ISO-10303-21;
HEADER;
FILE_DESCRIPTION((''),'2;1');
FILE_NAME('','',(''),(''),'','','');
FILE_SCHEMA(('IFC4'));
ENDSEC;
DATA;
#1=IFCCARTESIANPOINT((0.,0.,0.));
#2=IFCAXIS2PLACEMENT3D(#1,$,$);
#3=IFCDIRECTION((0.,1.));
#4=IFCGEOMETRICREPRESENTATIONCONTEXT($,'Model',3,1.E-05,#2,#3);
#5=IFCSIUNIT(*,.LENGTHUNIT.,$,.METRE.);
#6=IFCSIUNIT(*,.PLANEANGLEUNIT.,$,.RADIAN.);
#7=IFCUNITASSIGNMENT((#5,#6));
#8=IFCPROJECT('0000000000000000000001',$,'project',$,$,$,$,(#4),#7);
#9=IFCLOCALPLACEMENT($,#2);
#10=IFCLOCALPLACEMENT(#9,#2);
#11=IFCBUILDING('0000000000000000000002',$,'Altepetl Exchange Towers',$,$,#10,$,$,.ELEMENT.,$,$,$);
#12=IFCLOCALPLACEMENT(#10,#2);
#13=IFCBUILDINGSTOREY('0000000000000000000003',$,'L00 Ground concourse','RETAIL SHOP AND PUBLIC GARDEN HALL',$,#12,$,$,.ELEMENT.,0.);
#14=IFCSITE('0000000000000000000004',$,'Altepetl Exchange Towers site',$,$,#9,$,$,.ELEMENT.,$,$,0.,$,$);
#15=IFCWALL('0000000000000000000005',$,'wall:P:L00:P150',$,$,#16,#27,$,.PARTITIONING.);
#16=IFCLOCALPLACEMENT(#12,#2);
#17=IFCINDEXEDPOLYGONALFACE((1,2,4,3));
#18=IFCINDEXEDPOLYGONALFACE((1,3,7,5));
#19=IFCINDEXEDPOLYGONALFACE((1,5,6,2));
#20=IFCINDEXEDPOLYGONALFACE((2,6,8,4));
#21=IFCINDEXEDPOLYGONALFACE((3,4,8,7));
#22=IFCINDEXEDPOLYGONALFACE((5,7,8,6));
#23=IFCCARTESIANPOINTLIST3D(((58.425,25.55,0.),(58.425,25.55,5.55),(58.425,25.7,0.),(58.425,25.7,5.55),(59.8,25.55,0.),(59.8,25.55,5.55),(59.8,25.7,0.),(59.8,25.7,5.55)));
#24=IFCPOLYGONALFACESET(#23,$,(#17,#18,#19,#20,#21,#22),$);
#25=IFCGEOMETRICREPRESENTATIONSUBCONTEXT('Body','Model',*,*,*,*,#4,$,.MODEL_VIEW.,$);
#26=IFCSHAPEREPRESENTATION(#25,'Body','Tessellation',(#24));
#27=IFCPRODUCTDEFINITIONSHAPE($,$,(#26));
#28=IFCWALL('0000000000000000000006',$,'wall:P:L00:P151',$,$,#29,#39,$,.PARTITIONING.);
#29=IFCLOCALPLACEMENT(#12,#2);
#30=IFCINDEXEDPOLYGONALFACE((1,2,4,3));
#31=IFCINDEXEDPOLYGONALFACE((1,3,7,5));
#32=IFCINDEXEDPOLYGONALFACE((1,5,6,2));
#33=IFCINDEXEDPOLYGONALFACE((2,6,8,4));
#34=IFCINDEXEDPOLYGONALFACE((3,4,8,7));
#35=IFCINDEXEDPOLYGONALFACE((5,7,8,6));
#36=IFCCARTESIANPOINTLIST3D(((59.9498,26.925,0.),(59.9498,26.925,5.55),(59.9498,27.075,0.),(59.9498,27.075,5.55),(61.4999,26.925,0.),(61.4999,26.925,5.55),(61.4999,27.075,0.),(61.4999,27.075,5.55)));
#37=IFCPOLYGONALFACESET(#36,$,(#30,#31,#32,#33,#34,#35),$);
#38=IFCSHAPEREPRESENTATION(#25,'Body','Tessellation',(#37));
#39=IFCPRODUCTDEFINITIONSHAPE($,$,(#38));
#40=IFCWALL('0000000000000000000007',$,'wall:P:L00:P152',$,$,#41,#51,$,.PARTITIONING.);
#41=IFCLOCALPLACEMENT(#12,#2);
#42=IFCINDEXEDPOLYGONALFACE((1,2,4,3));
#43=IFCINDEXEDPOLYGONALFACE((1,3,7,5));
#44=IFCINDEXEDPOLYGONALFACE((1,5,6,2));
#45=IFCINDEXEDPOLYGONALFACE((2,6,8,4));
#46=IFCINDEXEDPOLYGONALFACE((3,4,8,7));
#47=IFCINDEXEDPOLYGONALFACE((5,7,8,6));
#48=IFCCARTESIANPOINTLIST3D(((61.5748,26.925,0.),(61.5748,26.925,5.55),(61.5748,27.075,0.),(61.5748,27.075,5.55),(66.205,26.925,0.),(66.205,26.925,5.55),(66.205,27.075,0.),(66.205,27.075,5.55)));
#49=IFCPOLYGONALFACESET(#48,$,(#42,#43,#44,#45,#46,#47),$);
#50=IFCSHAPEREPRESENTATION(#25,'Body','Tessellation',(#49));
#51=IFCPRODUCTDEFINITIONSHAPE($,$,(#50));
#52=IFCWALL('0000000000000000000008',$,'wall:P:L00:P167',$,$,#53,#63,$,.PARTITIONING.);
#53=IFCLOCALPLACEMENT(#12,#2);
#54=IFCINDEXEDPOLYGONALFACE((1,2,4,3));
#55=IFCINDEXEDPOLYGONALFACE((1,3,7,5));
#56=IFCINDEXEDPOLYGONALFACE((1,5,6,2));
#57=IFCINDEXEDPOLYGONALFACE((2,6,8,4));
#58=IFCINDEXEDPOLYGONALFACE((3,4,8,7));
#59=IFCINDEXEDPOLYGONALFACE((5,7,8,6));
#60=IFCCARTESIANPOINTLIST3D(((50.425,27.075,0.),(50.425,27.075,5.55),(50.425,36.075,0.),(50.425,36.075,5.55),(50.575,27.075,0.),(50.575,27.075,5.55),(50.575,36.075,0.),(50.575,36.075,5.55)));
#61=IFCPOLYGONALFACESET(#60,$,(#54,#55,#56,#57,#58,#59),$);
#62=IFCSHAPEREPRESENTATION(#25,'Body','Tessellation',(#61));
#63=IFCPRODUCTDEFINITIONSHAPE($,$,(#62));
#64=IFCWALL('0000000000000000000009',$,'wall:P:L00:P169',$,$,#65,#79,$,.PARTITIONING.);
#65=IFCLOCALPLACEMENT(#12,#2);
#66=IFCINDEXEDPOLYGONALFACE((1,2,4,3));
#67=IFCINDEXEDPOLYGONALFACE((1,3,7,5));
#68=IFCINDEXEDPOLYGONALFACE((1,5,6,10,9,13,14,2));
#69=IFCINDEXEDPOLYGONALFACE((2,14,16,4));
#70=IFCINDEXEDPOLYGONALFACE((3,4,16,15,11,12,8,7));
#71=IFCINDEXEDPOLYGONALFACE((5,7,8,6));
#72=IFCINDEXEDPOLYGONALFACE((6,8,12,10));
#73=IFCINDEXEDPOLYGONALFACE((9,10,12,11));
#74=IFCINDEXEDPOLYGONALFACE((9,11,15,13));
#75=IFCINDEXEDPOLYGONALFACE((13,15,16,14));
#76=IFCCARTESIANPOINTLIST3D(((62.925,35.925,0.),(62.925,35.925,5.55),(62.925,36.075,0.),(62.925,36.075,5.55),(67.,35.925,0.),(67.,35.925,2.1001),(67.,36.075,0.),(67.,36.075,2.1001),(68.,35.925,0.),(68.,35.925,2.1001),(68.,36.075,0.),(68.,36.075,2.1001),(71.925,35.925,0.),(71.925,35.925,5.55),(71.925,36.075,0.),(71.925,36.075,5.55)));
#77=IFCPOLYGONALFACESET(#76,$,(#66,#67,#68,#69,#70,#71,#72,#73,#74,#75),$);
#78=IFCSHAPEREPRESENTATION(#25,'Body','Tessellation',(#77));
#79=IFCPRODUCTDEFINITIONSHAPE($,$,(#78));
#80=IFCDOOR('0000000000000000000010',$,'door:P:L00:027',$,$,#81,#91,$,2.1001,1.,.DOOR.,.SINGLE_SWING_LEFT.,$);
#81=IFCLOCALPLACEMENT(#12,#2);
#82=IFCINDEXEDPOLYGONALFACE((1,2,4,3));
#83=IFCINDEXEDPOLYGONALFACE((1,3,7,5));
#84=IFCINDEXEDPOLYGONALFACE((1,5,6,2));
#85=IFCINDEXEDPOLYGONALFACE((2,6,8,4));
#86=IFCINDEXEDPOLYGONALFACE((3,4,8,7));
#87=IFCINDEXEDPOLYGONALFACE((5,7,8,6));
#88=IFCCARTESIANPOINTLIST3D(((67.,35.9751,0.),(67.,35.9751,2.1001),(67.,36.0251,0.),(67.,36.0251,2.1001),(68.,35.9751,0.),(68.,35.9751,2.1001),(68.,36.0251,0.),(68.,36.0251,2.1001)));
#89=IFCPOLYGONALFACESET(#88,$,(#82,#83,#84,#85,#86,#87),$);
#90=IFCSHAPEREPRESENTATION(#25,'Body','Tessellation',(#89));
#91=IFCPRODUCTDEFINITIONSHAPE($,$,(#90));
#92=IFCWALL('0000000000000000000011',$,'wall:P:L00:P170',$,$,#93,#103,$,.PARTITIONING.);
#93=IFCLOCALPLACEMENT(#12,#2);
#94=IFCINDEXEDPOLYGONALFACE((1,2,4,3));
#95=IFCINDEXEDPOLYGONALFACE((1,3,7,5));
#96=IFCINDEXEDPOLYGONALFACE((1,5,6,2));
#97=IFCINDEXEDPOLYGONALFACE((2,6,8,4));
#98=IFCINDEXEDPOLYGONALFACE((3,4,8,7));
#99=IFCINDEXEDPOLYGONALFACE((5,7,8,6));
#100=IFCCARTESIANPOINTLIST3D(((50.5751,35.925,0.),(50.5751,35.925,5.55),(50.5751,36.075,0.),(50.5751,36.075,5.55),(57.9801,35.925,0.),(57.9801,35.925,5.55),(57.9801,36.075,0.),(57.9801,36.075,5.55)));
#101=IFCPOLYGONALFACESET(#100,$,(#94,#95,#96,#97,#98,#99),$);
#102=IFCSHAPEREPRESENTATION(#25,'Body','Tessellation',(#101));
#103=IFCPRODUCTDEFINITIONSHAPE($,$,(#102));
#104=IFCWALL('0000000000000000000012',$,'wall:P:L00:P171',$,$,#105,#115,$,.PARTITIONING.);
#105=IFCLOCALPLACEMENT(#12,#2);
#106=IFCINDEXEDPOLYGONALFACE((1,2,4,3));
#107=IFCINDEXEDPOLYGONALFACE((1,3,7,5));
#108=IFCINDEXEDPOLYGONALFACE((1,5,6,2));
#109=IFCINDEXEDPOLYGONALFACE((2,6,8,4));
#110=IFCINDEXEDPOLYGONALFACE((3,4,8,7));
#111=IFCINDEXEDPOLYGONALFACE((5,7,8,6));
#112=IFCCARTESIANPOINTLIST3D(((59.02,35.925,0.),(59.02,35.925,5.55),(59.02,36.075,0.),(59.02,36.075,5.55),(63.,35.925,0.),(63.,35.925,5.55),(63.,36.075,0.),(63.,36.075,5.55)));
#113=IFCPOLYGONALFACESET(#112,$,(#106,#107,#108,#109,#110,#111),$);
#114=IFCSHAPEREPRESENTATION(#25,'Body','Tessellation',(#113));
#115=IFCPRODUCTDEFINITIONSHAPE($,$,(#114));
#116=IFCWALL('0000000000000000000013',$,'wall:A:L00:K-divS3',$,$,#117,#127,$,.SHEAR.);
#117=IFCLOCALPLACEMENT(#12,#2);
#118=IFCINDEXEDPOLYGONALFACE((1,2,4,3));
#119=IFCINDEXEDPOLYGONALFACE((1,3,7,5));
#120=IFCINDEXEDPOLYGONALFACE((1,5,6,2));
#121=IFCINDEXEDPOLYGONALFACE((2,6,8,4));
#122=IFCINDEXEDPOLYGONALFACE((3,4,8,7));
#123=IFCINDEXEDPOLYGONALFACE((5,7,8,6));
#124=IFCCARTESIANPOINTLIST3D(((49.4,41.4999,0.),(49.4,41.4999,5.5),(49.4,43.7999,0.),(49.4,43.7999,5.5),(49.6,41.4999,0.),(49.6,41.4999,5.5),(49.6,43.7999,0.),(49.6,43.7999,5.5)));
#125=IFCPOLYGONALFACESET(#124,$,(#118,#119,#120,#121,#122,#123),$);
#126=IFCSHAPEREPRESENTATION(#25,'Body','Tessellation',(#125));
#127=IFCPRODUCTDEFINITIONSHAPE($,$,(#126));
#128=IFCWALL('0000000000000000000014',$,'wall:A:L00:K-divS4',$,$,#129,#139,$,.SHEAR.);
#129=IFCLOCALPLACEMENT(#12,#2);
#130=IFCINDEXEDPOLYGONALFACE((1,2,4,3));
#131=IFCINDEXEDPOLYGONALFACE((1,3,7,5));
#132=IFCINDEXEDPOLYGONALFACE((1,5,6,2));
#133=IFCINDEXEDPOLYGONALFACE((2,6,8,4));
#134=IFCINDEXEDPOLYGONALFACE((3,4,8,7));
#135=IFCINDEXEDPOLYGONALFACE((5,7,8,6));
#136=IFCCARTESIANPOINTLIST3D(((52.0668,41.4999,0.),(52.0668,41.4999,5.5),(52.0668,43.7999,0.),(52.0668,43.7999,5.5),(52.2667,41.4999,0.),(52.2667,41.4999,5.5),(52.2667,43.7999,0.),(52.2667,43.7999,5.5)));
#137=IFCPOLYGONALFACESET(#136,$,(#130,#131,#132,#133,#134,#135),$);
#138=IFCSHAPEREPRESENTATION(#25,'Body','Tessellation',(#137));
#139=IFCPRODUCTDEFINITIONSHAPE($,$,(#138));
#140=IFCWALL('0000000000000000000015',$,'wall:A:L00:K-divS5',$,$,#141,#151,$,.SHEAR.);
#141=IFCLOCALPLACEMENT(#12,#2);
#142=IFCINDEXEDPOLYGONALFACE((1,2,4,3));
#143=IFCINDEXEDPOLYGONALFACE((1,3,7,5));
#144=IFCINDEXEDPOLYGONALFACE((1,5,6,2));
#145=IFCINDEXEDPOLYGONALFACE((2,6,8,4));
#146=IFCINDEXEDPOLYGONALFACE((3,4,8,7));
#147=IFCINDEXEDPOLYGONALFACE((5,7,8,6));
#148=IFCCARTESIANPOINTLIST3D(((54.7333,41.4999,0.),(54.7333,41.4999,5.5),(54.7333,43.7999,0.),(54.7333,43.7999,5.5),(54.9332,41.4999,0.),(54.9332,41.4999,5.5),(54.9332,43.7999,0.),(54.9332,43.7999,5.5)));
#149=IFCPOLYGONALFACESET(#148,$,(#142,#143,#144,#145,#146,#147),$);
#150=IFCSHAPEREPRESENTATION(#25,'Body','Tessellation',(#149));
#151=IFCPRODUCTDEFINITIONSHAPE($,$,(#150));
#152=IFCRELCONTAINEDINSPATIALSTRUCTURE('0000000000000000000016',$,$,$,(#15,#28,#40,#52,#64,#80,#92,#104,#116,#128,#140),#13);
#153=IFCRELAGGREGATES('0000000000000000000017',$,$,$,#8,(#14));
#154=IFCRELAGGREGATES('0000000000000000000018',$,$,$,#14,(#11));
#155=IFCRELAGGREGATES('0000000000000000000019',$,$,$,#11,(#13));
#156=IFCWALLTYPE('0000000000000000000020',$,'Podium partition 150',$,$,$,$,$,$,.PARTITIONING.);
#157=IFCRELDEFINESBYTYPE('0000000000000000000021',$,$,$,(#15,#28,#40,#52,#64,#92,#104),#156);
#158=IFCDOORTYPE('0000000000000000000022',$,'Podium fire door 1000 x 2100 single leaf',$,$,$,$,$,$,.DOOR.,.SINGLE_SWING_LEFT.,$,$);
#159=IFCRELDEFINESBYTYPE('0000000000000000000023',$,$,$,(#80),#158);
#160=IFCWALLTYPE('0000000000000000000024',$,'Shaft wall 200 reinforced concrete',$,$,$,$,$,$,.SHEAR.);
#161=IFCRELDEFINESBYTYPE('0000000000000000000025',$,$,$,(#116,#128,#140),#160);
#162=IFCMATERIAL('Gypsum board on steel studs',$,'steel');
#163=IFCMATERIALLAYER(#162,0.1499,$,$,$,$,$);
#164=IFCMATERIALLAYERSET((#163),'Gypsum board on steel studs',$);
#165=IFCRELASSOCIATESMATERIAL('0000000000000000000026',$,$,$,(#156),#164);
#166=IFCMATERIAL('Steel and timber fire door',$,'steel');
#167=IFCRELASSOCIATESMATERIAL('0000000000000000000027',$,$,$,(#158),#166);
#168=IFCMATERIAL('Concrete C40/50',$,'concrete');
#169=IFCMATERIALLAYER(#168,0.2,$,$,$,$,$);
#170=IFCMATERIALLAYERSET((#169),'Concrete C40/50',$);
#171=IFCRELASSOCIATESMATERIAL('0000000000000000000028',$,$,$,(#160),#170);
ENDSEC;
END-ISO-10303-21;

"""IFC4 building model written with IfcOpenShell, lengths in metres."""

from ifc_helpers import new_model, si_unit, direction, frame, frame_2d, origin, place, context, subcontext, project, spatial, rectangle, extrude, material, layer, layer_set, type_object, element, fill, save


model = new_model("IFC4")

# Units and contexts
model_context = context("Model", 3, precision=1e-05, world=origin(), true_north=direction((0.0, 1.0)))
body_context = subcontext(model_context, "Body", "Model", "MODEL_VIEW")
ifc_project = project(units=[si_unit("LENGTHUNIT", "METRE"), si_unit("PLANEANGLEUNIT", "RADIAN")], contexts=[model_context])

# Site, building, storey
site_placement = place(None, origin())
site = spatial("IfcSite", under=ifc_project, at=site_placement, Name="Altepetl Exchange Towers site", CompositionType="ELEMENT", RefElevation=0.0)
building_placement = place(site_placement, origin())
building = spatial("IfcBuilding", under=site, at=building_placement, Name="Altepetl Exchange Towers", CompositionType="ELEMENT")
storey_placement = place(building_placement, origin())
storey = spatial("IfcBuildingStorey", under=building, at=storey_placement, Name="L00 Ground concourse", Description="RETAIL SHOP AND PUBLIC GARDEN HALL", CompositionType="ELEMENT", Elevation=0.0)

# Shared definitions
ifc_material_1 = material(Name="Steel and timber fire door", Category="steel")

# Walls
ifc_material_2 = material(Name="Gypsum board on steel studs", Category="steel")
ifc_layer_1 = layer(ifc_material_2, 0.1499)
ifc_layer_set_1 = layer_set([ifc_layer_1], Name="Gypsum board on steel studs")
wall_type_1 = type_object("IfcWallType", Name="Podium partition 150", PredefinedType="PARTITIONING", material=ifc_layer_set_1)
wall_1_placement = place(storey_placement, frame((58.425, 25.625, 0.0)))
element("IfcWall", 1, at=wall_1_placement, inside=storey, type_object=wall_type_1, Name="wall:P:L00:P150", PredefinedType="PARTITIONING", context=body_context, shape_type="SweptSolid", body=[
    extrude(rectangle(XDim=1.375, YDim=0.1499, at=frame_2d((0.6875, 0.0))), origin(), (0.0, 0.0, 1.0), 5.55),
])
wall_2_placement = place(storey_placement, frame((59.95, 27.0, 0.0)))
element("IfcWall", 2, at=wall_2_placement, inside=storey, type_object=wall_type_1, Name="wall:P:L00:P151", PredefinedType="PARTITIONING", context=body_context, shape_type="SweptSolid", body=[
    extrude(rectangle(XDim=1.55, YDim=0.1499, at=frame_2d((0.7749, 0.0))), origin(), (0.0, 0.0, 1.0), 5.55),
])
wall_3_placement = place(storey_placement, frame((61.575, 27.0, 0.0)))
element("IfcWall", 3, at=wall_3_placement, inside=storey, type_object=wall_type_1, Name="wall:P:L00:P152", PredefinedType="PARTITIONING", context=body_context, shape_type="SweptSolid", body=[
    extrude(rectangle(XDim=4.6301, YDim=0.1499, at=frame_2d((2.3149, 0.0))), origin(), (0.0, 0.0, 1.0), 5.55),
])
wall_4_placement = place(storey_placement, frame((50.5, 27.075, 0.0), z_axis=(0.0, 0.0, 1.0), x_axis=(0.0, 1.0, 0.0)))
element("IfcWall", 4, at=wall_4_placement, inside=storey, type_object=wall_type_1, Name="wall:P:L00:P167", PredefinedType="PARTITIONING", context=body_context, shape_type="SweptSolid", body=[
    extrude(rectangle(XDim=9.0, YDim=0.1499, at=frame_2d((4.5, 0.0))), origin(), (0.0, 0.0, 1.0), 5.55),
])

# Wall, opening, door
wall_5_placement = place(storey_placement, frame((62.925, 36.0, 0.0)))
wall_5 = element("IfcWall", 5, at=wall_5_placement, inside=storey, type_object=wall_type_1, Name="wall:P:L00:P169", PredefinedType="PARTITIONING", context=body_context, shape_type="SweptSolid", body=[
    extrude(rectangle(XDim=9.0, YDim=0.1499, at=frame_2d((4.5, 0.0))), origin(), (0.0, 0.0, 1.0), 5.55),
])
opening_1_placement = place(wall_5_placement, frame((4.075, 0.0, 0.0)))
opening_1 = element("IfcOpeningElement", 6, at=opening_1_placement, cuts=wall_5, PredefinedType="OPENING", context=body_context, shape_type="SweptSolid", body=[
    extrude(rectangle(XDim=1.0, YDim=2.1001, at=frame_2d((0.5, 1.05))), frame((0.0, 0.085, 0.0), z_axis=(0.0, -1.0, 0.0), x_axis=(1.0, 0.0, 0.0)), (0.0, 0.0, 1.0), 0.1699),
])
door_type_1 = type_object("IfcDoorType", Name="Podium fire door 1000 x 2100 single leaf", OperationType="SINGLE_SWING_LEFT", PredefinedType="DOOR", material=ifc_material_1)
door_1_placement = place(opening_1_placement, frame((1.0, 0.0, 0.0), x_axis=(-1.0, 0.0, 0.0)))
door_1 = element("IfcDoor", 7, at=door_1_placement, inside=storey, type_object=door_type_1, Name="door:P:L00:027", OperationType="SINGLE_SWING_LEFT", OverallHeight=2.1001, OverallWidth=1.0, PredefinedType="DOOR", context=body_context, shape_type="SweptSolid", body=[
    extrude(rectangle(XDim=1.0, YDim=2.1001, at=frame_2d((0.5, 1.05))), frame((0.0, 0.0249, 0.0), z_axis=(0.0, -1.0, 0.0), x_axis=(1.0, 0.0, 0.0)), (0.0, 0.0, 1.0), 0.05),
])
fill(opening_1, door_1)

# Walls
wall_6_placement = place(storey_placement, frame((50.575, 36.0, 0.0)))
element("IfcWall", 8, at=wall_6_placement, inside=storey, type_object=wall_type_1, Name="wall:P:L00:P170", PredefinedType="PARTITIONING", context=body_context, shape_type="SweptSolid", body=[
    extrude(rectangle(XDim=7.405, YDim=0.1499, at=frame_2d((3.7026, 0.0))), origin(), (0.0, 0.0, 1.0), 5.55),
])
wall_7_placement = place(storey_placement, frame((59.02, 36.0, 0.0)))
element("IfcWall", 9, at=wall_7_placement, inside=storey, type_object=wall_type_1, Name="wall:P:L00:P171", PredefinedType="PARTITIONING", context=body_context, shape_type="SweptSolid", body=[
    extrude(rectangle(XDim=3.98, YDim=0.1499, at=frame_2d((1.99, 0.0))), origin(), (0.0, 0.0, 1.0), 5.55),
])
ifc_material_3 = material(Name="Concrete C40/50", Category="concrete")
ifc_layer_2 = layer(ifc_material_3, 0.2)
ifc_layer_set_2 = layer_set([ifc_layer_2], Name="Concrete C40/50")
wall_type_2 = type_object("IfcWallType", Name="Shaft wall 200 reinforced concrete", PredefinedType="SHEAR", material=ifc_layer_set_2)
for number, where, z_axis, x_axis, name in (
    (10, (49.5, 41.5, 0.0), (0.0, 0.0, 1.0), (0.0, 1.0, 0.0), "wall:A:L00:K-divS3"),
    (11, (52.1667, 41.5, 0.0), (0.0, 0.0, 1.0), (0.0, 1.0, 0.0), "wall:A:L00:K-divS4"),
    (12, (54.8333, 41.5, 0.0), (0.0, 0.0, 1.0), (0.0, 1.0, 0.0), "wall:A:L00:K-divS5"),
):
    element("IfcWall", number, at=place(storey_placement, frame(where, z_axis=z_axis, x_axis=x_axis)), inside=storey, type_object=wall_type_2, Name=name, PredefinedType="SHEAR", context=body_context, shape_type="SweptSolid", body=[
        extrude(rectangle(XDim=2.3, YDim=0.2, at=frame_2d((1.1499, 0.0))), origin(), (0.0, 0.0, 1.0), 5.5),
    ])

save(model, "model.ifc")
